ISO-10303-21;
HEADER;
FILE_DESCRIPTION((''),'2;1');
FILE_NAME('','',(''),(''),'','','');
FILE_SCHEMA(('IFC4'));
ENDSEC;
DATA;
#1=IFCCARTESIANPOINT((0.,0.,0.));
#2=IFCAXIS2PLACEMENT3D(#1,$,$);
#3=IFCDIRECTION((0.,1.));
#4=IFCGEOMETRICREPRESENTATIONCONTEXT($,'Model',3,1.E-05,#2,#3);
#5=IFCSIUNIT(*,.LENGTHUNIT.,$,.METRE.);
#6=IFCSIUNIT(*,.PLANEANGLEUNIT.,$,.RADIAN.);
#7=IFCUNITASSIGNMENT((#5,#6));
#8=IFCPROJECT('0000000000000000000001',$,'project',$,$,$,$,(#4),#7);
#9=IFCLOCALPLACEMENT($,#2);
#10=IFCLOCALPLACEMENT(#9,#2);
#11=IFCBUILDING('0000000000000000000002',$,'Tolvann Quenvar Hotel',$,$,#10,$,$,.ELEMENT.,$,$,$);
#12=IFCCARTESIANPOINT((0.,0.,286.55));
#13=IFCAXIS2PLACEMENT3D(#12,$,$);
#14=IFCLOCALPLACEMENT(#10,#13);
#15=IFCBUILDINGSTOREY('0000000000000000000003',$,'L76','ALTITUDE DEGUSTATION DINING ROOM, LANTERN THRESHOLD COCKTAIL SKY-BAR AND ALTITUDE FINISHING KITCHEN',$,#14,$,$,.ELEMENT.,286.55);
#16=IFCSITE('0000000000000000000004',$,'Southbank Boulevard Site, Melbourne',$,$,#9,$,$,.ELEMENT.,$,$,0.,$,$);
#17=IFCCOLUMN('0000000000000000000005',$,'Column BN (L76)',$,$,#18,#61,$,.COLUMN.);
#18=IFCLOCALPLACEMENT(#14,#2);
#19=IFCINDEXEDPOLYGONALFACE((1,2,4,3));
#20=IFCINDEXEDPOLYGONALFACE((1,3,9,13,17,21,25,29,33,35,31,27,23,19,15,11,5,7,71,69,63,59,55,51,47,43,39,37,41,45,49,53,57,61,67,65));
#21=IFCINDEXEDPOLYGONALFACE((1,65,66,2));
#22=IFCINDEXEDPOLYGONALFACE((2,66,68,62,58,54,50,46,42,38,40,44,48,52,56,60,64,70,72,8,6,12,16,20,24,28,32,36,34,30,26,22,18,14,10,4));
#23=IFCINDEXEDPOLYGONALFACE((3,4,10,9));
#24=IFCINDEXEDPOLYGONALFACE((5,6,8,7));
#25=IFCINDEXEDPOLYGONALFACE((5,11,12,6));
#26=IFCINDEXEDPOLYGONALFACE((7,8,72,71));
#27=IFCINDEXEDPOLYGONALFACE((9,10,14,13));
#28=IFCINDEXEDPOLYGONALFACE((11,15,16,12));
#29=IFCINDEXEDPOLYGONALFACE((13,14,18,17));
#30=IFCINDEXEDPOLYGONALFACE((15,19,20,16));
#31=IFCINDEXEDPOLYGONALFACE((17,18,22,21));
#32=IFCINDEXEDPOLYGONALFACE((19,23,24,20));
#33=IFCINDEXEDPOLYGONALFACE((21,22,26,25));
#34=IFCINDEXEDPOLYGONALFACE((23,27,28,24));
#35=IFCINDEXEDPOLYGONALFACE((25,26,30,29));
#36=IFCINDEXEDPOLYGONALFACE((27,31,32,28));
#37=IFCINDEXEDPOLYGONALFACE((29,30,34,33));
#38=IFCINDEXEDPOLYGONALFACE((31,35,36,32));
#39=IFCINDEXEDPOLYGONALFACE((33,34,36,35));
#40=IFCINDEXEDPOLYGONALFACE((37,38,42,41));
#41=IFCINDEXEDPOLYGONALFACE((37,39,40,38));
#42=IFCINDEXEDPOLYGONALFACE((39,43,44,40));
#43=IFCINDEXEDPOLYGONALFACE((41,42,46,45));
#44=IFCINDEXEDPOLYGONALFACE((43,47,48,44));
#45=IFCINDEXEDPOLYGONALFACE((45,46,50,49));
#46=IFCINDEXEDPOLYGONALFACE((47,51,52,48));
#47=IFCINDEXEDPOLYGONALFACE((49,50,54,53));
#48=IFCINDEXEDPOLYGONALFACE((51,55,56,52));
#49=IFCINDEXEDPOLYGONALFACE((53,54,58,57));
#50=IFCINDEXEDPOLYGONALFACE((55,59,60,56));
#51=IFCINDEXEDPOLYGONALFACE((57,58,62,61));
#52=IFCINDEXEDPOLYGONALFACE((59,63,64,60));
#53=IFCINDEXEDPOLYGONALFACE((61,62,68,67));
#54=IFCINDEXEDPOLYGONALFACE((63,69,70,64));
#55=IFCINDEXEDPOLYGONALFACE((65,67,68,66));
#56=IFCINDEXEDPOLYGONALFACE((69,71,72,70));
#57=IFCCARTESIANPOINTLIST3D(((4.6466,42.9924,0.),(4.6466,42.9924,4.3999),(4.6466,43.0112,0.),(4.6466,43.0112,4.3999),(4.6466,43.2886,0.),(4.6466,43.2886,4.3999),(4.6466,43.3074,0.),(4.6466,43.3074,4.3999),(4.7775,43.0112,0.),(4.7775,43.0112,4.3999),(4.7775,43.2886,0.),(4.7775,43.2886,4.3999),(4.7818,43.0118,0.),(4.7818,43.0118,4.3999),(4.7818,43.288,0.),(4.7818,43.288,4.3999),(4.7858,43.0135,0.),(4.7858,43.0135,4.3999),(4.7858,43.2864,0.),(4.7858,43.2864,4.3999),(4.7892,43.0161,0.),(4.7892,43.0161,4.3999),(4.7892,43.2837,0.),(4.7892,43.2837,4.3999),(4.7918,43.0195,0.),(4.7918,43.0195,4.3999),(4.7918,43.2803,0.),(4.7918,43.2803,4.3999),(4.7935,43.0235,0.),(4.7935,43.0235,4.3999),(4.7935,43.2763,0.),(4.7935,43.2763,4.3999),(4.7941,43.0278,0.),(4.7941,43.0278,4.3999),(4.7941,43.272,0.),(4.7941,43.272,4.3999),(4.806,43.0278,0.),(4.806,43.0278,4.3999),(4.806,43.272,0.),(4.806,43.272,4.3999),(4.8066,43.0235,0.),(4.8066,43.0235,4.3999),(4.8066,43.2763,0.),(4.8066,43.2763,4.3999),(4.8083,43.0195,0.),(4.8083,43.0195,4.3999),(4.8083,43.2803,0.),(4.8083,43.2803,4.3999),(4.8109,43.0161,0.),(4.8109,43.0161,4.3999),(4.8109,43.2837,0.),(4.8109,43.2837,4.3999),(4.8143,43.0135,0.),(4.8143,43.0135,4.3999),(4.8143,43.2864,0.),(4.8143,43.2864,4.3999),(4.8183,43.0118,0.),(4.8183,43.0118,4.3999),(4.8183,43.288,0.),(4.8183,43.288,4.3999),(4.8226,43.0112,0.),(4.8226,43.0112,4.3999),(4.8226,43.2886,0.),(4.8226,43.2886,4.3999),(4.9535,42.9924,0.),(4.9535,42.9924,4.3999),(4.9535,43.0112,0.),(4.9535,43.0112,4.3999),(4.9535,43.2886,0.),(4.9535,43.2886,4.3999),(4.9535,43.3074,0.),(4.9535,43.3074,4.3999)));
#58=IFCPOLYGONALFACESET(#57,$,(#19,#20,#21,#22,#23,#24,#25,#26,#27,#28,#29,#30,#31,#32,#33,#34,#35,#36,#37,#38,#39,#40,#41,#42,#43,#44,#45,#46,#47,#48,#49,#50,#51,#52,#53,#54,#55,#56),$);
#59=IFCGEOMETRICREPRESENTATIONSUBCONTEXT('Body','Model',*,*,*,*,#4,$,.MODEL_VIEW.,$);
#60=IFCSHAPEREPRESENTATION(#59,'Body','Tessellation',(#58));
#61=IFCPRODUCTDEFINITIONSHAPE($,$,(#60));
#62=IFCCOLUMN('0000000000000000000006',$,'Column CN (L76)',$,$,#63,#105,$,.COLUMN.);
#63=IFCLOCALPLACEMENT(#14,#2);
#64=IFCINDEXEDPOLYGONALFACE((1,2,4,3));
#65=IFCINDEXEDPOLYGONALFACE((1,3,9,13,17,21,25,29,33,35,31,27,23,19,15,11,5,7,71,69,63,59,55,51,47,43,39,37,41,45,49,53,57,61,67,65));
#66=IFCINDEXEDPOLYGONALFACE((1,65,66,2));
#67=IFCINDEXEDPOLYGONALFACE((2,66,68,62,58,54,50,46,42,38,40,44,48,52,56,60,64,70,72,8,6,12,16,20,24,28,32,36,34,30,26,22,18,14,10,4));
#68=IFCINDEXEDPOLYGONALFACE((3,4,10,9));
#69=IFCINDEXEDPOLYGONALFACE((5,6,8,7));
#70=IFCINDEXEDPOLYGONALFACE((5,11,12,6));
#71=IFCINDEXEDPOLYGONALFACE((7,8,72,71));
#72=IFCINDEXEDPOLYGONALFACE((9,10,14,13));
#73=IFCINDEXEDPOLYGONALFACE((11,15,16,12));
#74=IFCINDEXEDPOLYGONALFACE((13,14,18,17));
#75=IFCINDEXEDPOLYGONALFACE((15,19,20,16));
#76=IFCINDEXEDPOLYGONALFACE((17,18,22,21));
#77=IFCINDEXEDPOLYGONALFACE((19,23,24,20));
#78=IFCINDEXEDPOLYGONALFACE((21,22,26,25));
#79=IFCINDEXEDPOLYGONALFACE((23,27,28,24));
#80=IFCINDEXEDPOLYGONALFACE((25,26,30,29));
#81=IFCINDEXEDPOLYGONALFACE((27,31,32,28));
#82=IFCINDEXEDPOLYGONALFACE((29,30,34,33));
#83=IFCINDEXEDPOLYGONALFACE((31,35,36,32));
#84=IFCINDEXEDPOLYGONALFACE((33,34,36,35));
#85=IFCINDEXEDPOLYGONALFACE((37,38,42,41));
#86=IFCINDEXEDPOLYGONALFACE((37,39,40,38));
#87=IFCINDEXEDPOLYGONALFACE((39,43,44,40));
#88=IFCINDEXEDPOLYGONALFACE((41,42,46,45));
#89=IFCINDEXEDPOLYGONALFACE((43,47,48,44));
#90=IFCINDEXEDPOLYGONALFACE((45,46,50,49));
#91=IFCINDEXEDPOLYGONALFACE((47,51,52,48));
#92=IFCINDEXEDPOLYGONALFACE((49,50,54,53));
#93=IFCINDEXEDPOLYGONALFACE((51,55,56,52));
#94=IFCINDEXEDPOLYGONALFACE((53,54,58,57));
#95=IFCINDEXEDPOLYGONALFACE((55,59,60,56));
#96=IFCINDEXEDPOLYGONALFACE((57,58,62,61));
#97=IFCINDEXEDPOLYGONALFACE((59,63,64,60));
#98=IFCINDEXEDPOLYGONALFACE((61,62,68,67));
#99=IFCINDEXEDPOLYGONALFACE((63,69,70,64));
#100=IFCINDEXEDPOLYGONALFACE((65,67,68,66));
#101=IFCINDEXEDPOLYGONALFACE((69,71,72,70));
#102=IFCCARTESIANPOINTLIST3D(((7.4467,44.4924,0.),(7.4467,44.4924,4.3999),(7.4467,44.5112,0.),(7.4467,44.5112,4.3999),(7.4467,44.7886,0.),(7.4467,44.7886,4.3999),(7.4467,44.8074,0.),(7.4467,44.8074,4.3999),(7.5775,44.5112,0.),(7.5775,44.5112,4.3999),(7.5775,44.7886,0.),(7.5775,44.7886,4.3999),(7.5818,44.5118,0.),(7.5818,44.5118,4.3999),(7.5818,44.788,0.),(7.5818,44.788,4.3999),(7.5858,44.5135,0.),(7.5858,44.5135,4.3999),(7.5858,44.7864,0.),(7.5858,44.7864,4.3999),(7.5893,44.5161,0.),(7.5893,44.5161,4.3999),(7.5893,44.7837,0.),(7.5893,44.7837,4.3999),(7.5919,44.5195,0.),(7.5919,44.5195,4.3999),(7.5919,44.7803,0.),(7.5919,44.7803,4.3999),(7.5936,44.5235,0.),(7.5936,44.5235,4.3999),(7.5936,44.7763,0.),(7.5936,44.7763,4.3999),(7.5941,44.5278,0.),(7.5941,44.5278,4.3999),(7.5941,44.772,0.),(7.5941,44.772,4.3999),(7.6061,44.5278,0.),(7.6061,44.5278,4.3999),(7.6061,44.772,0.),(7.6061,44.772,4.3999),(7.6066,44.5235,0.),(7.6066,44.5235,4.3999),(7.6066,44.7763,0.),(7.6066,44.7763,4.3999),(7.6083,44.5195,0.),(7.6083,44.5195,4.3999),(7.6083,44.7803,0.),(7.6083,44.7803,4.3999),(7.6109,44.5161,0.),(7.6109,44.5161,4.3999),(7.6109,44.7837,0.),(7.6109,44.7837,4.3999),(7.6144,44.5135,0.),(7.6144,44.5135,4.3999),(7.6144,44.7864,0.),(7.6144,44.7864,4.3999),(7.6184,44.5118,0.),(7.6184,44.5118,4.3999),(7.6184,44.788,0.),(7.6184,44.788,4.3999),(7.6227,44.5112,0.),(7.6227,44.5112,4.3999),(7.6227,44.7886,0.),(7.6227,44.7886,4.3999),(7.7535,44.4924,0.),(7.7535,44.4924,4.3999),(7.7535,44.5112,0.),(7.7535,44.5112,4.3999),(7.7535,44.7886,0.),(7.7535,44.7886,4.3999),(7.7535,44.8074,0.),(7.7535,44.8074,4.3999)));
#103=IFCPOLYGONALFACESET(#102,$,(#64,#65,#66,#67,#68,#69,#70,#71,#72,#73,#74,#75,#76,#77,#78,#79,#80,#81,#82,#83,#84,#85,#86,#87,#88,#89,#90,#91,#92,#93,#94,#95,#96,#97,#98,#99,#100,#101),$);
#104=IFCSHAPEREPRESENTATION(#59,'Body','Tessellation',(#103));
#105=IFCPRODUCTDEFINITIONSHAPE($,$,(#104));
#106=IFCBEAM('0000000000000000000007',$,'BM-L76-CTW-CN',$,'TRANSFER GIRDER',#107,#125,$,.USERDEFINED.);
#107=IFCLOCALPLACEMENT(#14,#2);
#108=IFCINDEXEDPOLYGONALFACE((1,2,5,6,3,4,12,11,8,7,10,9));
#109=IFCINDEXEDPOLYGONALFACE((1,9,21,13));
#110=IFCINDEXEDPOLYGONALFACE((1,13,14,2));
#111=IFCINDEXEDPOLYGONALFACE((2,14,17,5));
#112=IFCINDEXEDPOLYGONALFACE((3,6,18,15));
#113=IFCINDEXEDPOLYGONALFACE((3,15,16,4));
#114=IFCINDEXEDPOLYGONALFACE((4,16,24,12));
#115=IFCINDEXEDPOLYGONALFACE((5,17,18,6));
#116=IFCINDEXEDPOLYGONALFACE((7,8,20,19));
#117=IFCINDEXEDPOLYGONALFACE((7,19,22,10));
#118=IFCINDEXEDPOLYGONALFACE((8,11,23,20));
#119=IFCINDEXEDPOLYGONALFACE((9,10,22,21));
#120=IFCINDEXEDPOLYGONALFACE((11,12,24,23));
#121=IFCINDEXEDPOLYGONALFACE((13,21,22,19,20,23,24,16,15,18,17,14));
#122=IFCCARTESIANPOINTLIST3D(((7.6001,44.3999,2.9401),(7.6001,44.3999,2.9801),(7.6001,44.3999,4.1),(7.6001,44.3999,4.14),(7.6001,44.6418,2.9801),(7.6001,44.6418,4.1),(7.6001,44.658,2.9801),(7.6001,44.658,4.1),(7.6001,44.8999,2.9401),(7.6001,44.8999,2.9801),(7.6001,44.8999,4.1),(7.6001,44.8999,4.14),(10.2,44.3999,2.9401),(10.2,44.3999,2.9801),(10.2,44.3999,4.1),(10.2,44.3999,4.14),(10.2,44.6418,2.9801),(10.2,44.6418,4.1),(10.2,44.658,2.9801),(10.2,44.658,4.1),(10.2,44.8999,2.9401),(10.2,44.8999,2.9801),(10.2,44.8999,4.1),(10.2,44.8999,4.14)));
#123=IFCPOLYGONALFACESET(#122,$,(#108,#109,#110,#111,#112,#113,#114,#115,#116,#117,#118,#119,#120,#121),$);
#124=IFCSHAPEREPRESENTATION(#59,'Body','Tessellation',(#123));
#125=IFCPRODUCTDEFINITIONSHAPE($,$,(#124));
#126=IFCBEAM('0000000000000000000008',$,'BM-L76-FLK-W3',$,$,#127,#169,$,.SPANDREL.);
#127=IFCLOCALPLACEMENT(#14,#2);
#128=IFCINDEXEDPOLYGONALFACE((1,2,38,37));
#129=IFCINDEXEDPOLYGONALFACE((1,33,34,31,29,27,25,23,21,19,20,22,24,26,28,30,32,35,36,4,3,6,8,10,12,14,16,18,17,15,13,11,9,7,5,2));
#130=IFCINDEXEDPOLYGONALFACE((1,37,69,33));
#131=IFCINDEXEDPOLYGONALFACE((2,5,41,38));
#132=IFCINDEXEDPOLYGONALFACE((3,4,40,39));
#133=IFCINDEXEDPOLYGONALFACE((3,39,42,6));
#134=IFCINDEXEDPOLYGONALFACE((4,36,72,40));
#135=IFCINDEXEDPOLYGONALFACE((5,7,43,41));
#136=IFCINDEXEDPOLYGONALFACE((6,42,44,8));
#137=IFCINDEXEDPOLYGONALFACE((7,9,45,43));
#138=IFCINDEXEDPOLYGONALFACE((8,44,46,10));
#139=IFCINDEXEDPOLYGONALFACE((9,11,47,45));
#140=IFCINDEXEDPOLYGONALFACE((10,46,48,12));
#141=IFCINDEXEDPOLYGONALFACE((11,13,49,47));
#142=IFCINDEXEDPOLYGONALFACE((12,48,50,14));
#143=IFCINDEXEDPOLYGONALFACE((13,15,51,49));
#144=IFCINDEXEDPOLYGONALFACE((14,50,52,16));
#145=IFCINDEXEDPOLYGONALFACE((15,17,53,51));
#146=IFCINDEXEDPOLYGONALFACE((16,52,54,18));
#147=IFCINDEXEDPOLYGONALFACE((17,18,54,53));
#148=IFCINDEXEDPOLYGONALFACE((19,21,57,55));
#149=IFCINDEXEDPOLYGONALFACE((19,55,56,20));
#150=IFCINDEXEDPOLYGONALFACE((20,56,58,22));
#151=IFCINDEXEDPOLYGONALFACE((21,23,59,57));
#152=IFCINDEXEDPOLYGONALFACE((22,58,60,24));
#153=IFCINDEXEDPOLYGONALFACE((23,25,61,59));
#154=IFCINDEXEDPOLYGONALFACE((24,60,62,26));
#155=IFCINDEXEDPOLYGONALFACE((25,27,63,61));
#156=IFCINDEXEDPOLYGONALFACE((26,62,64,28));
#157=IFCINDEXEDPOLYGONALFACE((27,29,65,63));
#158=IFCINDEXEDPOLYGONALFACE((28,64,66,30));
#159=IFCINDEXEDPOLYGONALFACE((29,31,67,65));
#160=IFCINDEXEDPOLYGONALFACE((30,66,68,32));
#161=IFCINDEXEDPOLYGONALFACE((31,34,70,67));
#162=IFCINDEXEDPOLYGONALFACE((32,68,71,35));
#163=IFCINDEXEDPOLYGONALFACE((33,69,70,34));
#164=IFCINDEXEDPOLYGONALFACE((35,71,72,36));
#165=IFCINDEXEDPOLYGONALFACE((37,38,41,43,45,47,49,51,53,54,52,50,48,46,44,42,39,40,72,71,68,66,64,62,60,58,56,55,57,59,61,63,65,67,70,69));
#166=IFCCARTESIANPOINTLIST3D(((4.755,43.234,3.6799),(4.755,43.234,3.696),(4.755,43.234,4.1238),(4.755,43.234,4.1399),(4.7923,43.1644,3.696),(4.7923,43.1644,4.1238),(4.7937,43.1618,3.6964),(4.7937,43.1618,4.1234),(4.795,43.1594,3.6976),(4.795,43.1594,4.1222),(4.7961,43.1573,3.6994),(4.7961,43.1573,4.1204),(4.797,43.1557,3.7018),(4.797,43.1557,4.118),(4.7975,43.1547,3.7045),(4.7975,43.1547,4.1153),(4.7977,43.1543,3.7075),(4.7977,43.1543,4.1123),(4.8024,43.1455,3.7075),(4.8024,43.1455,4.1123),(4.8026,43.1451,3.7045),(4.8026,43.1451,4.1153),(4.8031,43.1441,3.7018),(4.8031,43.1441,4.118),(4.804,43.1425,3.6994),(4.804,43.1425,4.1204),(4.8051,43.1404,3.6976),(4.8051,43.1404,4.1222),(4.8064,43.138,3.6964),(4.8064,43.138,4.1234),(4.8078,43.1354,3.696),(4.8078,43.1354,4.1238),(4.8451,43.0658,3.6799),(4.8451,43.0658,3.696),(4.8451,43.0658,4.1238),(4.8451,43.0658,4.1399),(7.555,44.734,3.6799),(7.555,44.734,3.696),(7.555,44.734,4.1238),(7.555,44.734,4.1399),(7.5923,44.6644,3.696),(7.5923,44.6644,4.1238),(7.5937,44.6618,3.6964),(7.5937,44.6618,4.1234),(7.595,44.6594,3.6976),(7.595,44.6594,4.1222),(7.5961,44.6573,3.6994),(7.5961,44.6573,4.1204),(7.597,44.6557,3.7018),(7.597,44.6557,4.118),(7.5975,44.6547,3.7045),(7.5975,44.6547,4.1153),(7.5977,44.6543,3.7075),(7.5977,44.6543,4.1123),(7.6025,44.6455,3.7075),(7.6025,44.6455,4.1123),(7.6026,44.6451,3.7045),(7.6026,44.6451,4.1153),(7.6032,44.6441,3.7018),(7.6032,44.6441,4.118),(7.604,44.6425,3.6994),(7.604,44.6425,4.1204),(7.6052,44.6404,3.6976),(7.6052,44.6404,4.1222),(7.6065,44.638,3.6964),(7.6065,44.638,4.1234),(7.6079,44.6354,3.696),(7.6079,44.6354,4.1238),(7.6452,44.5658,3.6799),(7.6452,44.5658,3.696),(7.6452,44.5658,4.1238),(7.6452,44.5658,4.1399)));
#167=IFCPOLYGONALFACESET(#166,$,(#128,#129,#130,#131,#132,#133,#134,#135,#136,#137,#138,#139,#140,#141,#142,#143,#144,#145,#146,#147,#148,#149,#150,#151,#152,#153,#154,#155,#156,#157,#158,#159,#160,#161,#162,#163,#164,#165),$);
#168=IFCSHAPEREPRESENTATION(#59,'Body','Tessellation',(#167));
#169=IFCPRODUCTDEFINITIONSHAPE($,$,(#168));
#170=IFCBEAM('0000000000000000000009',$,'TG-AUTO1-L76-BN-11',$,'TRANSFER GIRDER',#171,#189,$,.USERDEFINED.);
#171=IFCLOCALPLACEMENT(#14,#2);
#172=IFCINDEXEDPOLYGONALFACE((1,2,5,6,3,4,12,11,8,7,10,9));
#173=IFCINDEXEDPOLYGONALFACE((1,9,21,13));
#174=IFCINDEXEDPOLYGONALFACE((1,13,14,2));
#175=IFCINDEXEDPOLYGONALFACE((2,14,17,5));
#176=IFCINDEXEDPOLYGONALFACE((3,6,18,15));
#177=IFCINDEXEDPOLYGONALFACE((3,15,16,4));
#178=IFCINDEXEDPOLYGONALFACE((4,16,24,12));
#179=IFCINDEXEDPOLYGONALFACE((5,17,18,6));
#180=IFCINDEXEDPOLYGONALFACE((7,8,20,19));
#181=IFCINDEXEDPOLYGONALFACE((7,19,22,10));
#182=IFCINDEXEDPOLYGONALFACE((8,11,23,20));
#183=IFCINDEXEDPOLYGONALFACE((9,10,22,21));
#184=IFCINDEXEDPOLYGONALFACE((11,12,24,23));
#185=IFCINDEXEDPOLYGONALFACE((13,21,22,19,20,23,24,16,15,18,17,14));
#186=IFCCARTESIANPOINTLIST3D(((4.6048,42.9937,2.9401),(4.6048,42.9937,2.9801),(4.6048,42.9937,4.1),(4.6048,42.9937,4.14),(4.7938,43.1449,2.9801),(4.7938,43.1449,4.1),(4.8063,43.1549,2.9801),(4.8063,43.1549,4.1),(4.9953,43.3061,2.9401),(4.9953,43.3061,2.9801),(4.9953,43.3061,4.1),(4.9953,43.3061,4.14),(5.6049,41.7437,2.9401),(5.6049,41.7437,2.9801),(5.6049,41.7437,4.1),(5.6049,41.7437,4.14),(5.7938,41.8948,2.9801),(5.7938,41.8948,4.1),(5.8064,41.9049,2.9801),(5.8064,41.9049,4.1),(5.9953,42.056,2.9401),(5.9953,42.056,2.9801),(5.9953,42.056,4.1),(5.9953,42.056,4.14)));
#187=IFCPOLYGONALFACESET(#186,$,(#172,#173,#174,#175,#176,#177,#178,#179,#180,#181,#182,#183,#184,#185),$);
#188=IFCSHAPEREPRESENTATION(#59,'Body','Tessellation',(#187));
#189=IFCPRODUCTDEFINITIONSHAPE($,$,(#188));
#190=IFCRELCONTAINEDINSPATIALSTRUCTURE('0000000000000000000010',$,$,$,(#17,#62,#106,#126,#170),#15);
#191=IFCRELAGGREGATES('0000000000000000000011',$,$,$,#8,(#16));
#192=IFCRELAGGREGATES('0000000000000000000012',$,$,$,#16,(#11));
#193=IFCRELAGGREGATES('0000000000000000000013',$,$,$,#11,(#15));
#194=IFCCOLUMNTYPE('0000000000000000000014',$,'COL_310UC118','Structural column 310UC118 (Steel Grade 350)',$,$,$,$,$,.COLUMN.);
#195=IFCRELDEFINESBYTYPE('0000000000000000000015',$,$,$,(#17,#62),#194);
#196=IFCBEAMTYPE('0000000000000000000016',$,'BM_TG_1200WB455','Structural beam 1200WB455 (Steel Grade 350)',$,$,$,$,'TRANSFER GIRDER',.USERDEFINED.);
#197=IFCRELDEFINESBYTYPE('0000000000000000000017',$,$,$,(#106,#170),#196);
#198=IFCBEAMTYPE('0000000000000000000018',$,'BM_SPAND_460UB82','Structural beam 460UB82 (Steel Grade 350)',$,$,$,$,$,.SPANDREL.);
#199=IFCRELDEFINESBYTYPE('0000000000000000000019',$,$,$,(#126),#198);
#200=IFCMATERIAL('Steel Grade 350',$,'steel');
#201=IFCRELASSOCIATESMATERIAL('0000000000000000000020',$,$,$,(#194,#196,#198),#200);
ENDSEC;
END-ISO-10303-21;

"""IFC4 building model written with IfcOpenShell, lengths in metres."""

from ifc_helpers import new_model, si_unit, direction, frame, origin, origin_2d, place, context, subcontext, project, spatial, i_section, extrude, source, transform, mapped, material, material_profile, profile_set, type_object, type_shapes, element, save


model = new_model("IFC4")

# Units and contexts
model_context = context("Model", 3, precision=1e-05, world=origin(), true_north=direction((0.0, 1.0)))
body_context = subcontext(model_context, "Body", "Model", "MODEL_VIEW")
ifc_project = project(units=[si_unit("LENGTHUNIT", "METRE"), si_unit("PLANEANGLEUNIT", "RADIAN")], contexts=[model_context])

# Site, building, storey
site_placement = place(None, origin())
site = spatial("IfcSite", under=ifc_project, at=site_placement, Name="Southbank Boulevard Site, Melbourne", CompositionType="ELEMENT", RefElevation=0.0)
building_placement = place(site_placement, origin())
building = spatial("IfcBuilding", under=site, at=building_placement, Name="Tolvann Quenvar Hotel", CompositionType="ELEMENT")
storey_placement = place(building_placement, frame((0.0, 0.0, 286.55)))
storey = spatial("IfcBuildingStorey", under=building, at=storey_placement, Name="L76", Description="ALTITUDE DEGUSTATION DINING ROOM, LANTERN THRESHOLD COCKTAIL SKY-BAR AND ALTITUDE FINISHING KITCHEN", CompositionType="ELEMENT", Elevation=286.55)

# Columns
ifc_material_1 = material(Name="Steel Grade 350", Category="steel")
ifc_material_profile_1 = material_profile(ifc_material_1, i_section(OverallWidth=0.3069, OverallDepth=0.3149, WebThickness=0.012, FlangeThickness=0.0188, FilletRadius=0.0166, at=origin_2d()), Name="310UC118")
ifc_profile_set_1 = profile_set([ifc_material_profile_1], Name="Steel Grade 350")
column_type = type_object("IfcColumnType", Name="COL_310UC118", Description="Structural column 310UC118 (Steel Grade 350)", PredefinedType="COLUMN", material=ifc_profile_set_1)
shared_shape_1 = source(origin(), body_context, "Body", "SweptSolid", [
    extrude(i_section(OverallWidth=0.3069, OverallDepth=0.3149, WebThickness=0.012, FlangeThickness=0.0188, FilletRadius=0.0166, at=origin_2d()), origin(), (0.0, 0.0, 1.0), 4.3999),
])
type_shapes(column_type, [shared_shape_1])
for number, where, z_axis, x_axis, name in (
    (1, (4.8, 43.1499, 0.0), (0.0, 0.0, 1.0), (1.0, 0.0, 0.0), "Column BN (L76)"),
    (2, (7.6001, 44.6499, 0.0), (0.0, 0.0, 1.0), (1.0, 0.0, 0.0), "Column CN (L76)"),
):
    element("IfcColumn", number, at=place(storey_placement, frame(where, z_axis=z_axis, x_axis=x_axis)), inside=storey, type_object=column_type, Name=name, PredefinedType="COLUMN", context=body_context, shape_type="MappedRepresentation", body=[
        mapped(shared_shape_1, transform((0.0, 0.0, 0.0), x_axis=(1.0, 0.0, 0.0), y_axis=(0.0, 1.0, 0.0), z_axis=(0.0, 0.0, 1.0), scale=1.0)),
    ])

# Beams
ifc_material_profile_2 = material_profile(ifc_material_1, i_section(OverallWidth=0.5, OverallDepth=1.2, WebThickness=0.0161, FlangeThickness=0.04, at=origin_2d()), Name="1200WB455")
ifc_profile_set_2 = profile_set([ifc_material_profile_2], Name="Steel Grade 350")
beam_type_1 = type_object("IfcBeamType", Name="BM_TG_1200WB455", Description="Structural beam 1200WB455 (Steel Grade 350)", ElementType="TRANSFER GIRDER", PredefinedType="USERDEFINED", material=ifc_profile_set_2)
shared_shape_2 = source(origin(), body_context, "Body", "SweptSolid", [
    extrude(i_section(OverallWidth=0.5, OverallDepth=1.2, WebThickness=0.0161, FlangeThickness=0.04, at=origin_2d()), origin(), (0.0, 0.0, 1.0), 2.5999),
])
beam_1_placement = place(storey_placement, frame((7.6001, 44.6499, 3.54), z_axis=(1.0, 0.0, 0.0), x_axis=(0.0, 1.0, 0.0)))
element("IfcBeam", 3, at=beam_1_placement, inside=storey, type_object=beam_type_1, Name="BM-L76-CTW-CN", ObjectType="TRANSFER GIRDER", PredefinedType="USERDEFINED", context=body_context, shape_type="MappedRepresentation", body=[
    mapped(shared_shape_2, transform((0.0, 0.0, 0.0), x_axis=(1.0, 0.0, 0.0), y_axis=(0.0, 1.0, 0.0), z_axis=(0.0, 0.0, 1.0), scale=1.0)),
])
ifc_material_profile_3 = material_profile(ifc_material_1, i_section(OverallWidth=0.1909, OverallDepth=0.46, WebThickness=0.01, FlangeThickness=0.0161, FilletRadius=0.0115, at=origin_2d()), Name="460UB82")
ifc_profile_set_3 = profile_set([ifc_material_profile_3], Name="Steel Grade 350")
beam_type_2 = type_object("IfcBeamType", Name="BM_SPAND_460UB82", Description="Structural beam 460UB82 (Steel Grade 350)", PredefinedType="SPANDREL", material=ifc_profile_set_3)
shared_shape_3 = source(origin(), body_context, "Body", "SweptSolid", [
    extrude(i_section(OverallWidth=0.1909, OverallDepth=0.46, WebThickness=0.01, FlangeThickness=0.0161, FilletRadius=0.0115, at=origin_2d()), origin(), (0.0, 0.0, 1.0), 3.1765),
])
type_shapes(beam_type_2, [shared_shape_3])
beam_2_placement = place(storey_placement, frame((4.8, 43.1499, 3.9099), z_axis=(0.881483, 0.472215, 0.0), x_axis=(-0.472215, 0.881483, 0.0)))
element("IfcBeam", 4, at=beam_2_placement, inside=storey, type_object=beam_type_2, Name="BM-L76-FLK-W3", PredefinedType="SPANDREL", context=body_context, shape_type="MappedRepresentation", body=[
    mapped(shared_shape_3, transform((0.0, 0.0, 0.0), x_axis=(1.0, 0.0, 0.0), y_axis=(0.0, 1.0, 0.0), z_axis=(0.0, 0.0, 1.0), scale=1.0)),
])
shared_shape_4 = source(origin(), body_context, "Body", "SweptSolid", [
    extrude(i_section(OverallWidth=0.5, OverallDepth=1.2, WebThickness=0.0161, FlangeThickness=0.04, at=origin_2d()), origin(), (0.0, 0.0, 1.0), 1.6008),
])
beam_3_placement = place(storey_placement, frame((4.8, 43.1499, 3.54), z_axis=(0.624695, -0.780869, 0.0), x_axis=(0.780869, 0.624695, 0.0)))
element("IfcBeam", 5, at=beam_3_placement, inside=storey, type_object=beam_type_1, Name="TG-AUTO1-L76-BN-11", ObjectType="TRANSFER GIRDER", PredefinedType="USERDEFINED", context=body_context, shape_type="MappedRepresentation", body=[
    mapped(shared_shape_4, transform((0.0, 0.0, 0.0), x_axis=(1.0, 0.0, 0.0), y_axis=(0.0, 1.0, 0.0), z_axis=(0.0, 0.0, 1.0), scale=1.0)),
])

save(model, "model.ifc")
